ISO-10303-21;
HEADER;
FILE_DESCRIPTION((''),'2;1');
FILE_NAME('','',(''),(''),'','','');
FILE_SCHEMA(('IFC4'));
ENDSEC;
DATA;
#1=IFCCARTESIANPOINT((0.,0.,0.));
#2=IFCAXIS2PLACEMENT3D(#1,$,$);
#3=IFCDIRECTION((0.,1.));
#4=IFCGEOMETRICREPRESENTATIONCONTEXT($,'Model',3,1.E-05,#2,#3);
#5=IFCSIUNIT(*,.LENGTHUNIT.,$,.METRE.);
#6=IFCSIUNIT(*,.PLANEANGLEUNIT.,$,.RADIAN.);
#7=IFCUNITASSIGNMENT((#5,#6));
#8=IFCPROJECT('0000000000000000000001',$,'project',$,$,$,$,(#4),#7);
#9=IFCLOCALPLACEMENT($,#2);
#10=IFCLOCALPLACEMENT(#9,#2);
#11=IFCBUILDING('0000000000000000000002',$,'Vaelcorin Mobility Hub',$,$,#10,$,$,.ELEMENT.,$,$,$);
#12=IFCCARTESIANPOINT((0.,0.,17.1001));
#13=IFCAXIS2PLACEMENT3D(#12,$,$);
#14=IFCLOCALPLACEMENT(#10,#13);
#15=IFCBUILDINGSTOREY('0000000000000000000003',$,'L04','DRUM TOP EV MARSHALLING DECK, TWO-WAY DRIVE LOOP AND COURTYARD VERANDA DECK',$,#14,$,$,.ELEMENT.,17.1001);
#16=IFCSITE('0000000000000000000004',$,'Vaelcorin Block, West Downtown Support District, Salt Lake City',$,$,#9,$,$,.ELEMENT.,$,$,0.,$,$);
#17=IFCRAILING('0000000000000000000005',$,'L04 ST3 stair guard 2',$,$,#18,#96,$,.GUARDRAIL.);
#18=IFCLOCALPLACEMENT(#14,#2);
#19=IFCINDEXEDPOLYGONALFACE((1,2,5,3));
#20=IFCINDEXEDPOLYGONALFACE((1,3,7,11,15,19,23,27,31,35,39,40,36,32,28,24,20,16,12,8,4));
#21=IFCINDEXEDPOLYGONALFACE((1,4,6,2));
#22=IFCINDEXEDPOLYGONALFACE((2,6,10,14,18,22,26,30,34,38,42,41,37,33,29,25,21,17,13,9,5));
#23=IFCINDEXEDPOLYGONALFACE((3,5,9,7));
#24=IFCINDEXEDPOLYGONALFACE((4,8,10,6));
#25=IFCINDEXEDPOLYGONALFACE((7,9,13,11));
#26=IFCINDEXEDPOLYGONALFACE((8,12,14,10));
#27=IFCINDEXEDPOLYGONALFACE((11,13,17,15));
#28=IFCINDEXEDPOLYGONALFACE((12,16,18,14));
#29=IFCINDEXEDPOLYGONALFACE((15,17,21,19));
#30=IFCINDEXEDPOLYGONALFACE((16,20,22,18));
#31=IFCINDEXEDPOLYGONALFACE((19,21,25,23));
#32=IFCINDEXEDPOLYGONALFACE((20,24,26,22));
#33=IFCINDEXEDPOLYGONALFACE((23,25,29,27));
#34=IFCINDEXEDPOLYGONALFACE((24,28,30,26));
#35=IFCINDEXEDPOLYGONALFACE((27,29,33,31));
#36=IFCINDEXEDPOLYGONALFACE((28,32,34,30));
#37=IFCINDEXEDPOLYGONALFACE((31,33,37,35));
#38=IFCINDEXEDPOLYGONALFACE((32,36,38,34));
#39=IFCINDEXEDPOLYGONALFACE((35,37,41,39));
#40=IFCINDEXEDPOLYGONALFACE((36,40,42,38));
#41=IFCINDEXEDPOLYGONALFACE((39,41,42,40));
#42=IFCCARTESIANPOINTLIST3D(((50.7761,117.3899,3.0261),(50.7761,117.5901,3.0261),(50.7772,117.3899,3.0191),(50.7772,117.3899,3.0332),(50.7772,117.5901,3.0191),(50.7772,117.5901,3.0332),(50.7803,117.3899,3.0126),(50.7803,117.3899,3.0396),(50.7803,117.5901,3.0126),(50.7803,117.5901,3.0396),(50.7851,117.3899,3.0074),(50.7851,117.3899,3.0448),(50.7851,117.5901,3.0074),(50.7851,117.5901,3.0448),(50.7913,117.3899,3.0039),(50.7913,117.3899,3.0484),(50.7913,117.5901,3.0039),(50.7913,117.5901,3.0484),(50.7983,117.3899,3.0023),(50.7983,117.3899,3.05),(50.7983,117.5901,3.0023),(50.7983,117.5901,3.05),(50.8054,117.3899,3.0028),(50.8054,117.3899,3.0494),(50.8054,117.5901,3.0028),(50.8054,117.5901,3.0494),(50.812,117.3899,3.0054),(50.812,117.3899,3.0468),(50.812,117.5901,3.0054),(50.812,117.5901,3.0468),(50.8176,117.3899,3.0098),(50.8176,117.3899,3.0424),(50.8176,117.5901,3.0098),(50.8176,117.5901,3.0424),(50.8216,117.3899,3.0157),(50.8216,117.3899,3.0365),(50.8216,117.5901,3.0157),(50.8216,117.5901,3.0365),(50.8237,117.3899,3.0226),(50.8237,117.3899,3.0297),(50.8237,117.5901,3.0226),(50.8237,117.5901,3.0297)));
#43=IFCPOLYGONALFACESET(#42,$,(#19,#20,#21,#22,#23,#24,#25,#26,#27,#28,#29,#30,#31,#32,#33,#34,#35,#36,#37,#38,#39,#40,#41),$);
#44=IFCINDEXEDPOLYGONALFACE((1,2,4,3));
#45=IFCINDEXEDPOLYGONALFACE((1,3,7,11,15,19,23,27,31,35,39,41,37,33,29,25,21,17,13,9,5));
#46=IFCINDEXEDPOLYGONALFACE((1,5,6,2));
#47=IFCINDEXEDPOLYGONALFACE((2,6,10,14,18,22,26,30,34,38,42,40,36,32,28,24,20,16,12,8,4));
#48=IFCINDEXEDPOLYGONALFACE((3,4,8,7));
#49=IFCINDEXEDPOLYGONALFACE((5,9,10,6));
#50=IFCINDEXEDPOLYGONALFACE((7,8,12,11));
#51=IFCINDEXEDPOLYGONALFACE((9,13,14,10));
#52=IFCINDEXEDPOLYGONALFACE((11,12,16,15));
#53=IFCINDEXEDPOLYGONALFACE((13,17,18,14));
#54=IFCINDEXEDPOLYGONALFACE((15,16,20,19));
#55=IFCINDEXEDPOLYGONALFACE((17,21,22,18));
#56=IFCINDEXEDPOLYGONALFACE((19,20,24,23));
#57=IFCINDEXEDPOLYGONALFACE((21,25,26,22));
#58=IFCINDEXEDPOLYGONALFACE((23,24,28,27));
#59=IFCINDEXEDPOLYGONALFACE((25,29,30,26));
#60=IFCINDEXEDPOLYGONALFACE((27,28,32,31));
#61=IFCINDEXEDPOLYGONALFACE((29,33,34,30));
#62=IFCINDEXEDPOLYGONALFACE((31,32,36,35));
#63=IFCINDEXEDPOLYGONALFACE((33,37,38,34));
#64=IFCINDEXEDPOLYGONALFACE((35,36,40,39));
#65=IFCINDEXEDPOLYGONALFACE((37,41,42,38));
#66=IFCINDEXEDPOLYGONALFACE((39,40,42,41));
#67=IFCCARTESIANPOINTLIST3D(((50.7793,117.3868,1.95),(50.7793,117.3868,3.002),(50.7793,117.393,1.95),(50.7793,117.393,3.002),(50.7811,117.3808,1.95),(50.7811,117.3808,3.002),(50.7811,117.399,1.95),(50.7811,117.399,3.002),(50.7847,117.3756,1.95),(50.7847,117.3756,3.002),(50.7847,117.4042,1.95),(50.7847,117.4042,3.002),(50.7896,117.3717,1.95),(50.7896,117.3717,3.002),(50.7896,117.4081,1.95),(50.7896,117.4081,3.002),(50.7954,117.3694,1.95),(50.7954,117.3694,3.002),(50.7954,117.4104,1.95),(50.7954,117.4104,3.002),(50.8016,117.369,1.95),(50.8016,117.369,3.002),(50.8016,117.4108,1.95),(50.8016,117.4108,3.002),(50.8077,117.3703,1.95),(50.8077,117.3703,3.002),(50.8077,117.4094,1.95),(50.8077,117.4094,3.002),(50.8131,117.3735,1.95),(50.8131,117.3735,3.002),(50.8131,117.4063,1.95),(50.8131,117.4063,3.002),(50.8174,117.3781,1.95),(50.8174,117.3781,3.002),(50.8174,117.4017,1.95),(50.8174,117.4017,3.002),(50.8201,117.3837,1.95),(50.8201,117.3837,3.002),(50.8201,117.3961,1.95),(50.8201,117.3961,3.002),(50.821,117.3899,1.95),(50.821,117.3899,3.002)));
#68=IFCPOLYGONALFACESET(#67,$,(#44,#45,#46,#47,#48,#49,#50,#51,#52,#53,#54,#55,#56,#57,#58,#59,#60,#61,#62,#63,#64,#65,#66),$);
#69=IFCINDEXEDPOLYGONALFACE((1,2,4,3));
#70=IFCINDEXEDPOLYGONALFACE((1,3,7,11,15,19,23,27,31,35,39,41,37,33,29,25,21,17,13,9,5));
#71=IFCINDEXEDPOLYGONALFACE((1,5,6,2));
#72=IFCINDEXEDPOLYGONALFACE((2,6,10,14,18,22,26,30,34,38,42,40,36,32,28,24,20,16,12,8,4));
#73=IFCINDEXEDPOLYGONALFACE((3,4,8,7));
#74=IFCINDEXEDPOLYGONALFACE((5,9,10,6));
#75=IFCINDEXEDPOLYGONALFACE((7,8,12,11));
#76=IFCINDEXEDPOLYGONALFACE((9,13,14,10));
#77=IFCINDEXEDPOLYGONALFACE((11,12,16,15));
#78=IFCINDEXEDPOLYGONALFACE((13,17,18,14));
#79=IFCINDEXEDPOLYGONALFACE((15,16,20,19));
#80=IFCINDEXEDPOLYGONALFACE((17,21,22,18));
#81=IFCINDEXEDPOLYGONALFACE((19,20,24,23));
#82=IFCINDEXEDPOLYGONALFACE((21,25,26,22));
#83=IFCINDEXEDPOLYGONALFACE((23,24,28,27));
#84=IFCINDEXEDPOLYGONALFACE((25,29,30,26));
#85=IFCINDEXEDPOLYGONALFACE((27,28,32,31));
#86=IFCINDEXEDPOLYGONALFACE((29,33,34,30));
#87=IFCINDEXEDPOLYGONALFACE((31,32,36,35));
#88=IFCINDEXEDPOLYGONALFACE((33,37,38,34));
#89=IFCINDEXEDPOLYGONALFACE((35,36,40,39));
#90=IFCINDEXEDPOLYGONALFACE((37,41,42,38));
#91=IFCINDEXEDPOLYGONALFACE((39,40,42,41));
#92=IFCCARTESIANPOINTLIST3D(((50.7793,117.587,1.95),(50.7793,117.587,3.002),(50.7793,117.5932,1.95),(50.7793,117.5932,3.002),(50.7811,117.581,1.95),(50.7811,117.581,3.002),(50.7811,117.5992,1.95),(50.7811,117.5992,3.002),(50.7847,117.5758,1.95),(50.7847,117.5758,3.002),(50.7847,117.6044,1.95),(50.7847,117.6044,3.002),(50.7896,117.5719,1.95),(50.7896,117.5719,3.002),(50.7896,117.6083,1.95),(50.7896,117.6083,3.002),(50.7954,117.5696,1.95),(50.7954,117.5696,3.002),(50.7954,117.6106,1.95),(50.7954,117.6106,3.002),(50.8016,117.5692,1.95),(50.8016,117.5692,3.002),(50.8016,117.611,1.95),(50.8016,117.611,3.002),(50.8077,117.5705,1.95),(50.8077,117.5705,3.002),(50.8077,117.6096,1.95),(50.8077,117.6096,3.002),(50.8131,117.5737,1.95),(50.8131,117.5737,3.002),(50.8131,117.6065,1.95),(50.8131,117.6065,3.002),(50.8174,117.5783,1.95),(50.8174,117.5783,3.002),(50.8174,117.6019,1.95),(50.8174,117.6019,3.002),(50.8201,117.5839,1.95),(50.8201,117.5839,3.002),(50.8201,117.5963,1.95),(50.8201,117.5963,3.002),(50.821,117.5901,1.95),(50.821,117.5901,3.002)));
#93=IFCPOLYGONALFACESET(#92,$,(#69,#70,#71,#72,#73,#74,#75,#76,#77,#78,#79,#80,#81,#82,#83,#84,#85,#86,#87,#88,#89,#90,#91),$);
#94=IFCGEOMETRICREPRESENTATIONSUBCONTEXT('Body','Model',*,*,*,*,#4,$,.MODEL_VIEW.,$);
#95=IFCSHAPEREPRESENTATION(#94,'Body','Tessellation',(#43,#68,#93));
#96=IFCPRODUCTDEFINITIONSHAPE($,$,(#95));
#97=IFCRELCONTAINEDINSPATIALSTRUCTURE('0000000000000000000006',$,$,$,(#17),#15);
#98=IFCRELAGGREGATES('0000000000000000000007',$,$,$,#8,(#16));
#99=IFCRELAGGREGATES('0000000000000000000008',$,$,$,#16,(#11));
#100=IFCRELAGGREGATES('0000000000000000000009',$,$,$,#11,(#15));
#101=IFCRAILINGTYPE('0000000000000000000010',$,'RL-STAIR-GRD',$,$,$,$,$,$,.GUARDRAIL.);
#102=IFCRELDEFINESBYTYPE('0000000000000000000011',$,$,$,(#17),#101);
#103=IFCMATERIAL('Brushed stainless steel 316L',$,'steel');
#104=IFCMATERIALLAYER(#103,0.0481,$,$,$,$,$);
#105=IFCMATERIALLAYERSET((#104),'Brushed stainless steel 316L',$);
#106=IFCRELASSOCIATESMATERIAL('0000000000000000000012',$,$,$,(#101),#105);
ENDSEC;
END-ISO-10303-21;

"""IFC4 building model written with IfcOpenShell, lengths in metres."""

from ifc_helpers import new_model, si_unit, direction, frame, origin, origin_2d, place, context, subcontext, project, spatial, circle, extrude, material, layer, layer_set, type_object, element, save


model = new_model("IFC4")

# Units and contexts
model_context = context("Model", 3, precision=1e-05, world=origin(), true_north=direction((0.0, 1.0)))
body_context = subcontext(model_context, "Body", "Model", "MODEL_VIEW")
ifc_project = project(units=[si_unit("LENGTHUNIT", "METRE"), si_unit("PLANEANGLEUNIT", "RADIAN")], contexts=[model_context])

# Site, building, storey
site_placement = place(None, origin())
site = spatial("IfcSite", under=ifc_project, at=site_placement, Name="Vaelcorin Block, West Downtown Support District, Salt Lake City", CompositionType="ELEMENT", RefElevation=0.0)
building_placement = place(site_placement, origin())
building = spatial("IfcBuilding", under=site, at=building_placement, Name="Vaelcorin Mobility Hub", CompositionType="ELEMENT")
storey_placement = place(building_placement, frame((0.0, 0.0, 17.1001)))
storey = spatial("IfcBuildingStorey", under=building, at=storey_placement, Name="L04", Description="DRUM TOP EV MARSHALLING DECK, TWO-WAY DRIVE LOOP AND COURTYARD VERANDA DECK", CompositionType="ELEMENT", Elevation=17.1001)

# Railing
ifc_material_1 = material(Name="Brushed stainless steel 316L", Category="steel")
ifc_layer_1 = layer(ifc_material_1, 0.0481)
ifc_layer_set_1 = layer_set([ifc_layer_1], Name="Brushed stainless steel 316L")
railing_type_1 = type_object("IfcRailingType", Name="RL-STAIR-GRD", PredefinedType="GUARDRAIL", material=ifc_layer_set_1)
railing_1_placement = place(storey_placement, frame((50.8, 117.3899, 1.95)))
element("IfcRailing", 1, at=railing_1_placement, inside=storey, type_object=railing_type_1, Name="L04 ST3 stair guard 2", PredefinedType="GUARDRAIL", context=body_context, shape_type="SweptSolid", body=[
    extrude(circle(Radius=0.0239, at=origin_2d()), frame((0.0, 0.0, 1.0762), z_axis=(0.0, 1.0, 0.0), x_axis=(-1.0, 0.0, 0.0)), (0.0, 0.0, 1.0), 0.2002),
    extrude(circle(Radius=0.021, at=origin_2d()), origin(), (0.0, 0.0, 1.0), 1.052),
    extrude(circle(Radius=0.021, at=origin_2d()), frame((0.0, 0.2002, 0.0)), (0.0, 0.0, 1.0), 1.052),
])

save(model, "model.ifc")
